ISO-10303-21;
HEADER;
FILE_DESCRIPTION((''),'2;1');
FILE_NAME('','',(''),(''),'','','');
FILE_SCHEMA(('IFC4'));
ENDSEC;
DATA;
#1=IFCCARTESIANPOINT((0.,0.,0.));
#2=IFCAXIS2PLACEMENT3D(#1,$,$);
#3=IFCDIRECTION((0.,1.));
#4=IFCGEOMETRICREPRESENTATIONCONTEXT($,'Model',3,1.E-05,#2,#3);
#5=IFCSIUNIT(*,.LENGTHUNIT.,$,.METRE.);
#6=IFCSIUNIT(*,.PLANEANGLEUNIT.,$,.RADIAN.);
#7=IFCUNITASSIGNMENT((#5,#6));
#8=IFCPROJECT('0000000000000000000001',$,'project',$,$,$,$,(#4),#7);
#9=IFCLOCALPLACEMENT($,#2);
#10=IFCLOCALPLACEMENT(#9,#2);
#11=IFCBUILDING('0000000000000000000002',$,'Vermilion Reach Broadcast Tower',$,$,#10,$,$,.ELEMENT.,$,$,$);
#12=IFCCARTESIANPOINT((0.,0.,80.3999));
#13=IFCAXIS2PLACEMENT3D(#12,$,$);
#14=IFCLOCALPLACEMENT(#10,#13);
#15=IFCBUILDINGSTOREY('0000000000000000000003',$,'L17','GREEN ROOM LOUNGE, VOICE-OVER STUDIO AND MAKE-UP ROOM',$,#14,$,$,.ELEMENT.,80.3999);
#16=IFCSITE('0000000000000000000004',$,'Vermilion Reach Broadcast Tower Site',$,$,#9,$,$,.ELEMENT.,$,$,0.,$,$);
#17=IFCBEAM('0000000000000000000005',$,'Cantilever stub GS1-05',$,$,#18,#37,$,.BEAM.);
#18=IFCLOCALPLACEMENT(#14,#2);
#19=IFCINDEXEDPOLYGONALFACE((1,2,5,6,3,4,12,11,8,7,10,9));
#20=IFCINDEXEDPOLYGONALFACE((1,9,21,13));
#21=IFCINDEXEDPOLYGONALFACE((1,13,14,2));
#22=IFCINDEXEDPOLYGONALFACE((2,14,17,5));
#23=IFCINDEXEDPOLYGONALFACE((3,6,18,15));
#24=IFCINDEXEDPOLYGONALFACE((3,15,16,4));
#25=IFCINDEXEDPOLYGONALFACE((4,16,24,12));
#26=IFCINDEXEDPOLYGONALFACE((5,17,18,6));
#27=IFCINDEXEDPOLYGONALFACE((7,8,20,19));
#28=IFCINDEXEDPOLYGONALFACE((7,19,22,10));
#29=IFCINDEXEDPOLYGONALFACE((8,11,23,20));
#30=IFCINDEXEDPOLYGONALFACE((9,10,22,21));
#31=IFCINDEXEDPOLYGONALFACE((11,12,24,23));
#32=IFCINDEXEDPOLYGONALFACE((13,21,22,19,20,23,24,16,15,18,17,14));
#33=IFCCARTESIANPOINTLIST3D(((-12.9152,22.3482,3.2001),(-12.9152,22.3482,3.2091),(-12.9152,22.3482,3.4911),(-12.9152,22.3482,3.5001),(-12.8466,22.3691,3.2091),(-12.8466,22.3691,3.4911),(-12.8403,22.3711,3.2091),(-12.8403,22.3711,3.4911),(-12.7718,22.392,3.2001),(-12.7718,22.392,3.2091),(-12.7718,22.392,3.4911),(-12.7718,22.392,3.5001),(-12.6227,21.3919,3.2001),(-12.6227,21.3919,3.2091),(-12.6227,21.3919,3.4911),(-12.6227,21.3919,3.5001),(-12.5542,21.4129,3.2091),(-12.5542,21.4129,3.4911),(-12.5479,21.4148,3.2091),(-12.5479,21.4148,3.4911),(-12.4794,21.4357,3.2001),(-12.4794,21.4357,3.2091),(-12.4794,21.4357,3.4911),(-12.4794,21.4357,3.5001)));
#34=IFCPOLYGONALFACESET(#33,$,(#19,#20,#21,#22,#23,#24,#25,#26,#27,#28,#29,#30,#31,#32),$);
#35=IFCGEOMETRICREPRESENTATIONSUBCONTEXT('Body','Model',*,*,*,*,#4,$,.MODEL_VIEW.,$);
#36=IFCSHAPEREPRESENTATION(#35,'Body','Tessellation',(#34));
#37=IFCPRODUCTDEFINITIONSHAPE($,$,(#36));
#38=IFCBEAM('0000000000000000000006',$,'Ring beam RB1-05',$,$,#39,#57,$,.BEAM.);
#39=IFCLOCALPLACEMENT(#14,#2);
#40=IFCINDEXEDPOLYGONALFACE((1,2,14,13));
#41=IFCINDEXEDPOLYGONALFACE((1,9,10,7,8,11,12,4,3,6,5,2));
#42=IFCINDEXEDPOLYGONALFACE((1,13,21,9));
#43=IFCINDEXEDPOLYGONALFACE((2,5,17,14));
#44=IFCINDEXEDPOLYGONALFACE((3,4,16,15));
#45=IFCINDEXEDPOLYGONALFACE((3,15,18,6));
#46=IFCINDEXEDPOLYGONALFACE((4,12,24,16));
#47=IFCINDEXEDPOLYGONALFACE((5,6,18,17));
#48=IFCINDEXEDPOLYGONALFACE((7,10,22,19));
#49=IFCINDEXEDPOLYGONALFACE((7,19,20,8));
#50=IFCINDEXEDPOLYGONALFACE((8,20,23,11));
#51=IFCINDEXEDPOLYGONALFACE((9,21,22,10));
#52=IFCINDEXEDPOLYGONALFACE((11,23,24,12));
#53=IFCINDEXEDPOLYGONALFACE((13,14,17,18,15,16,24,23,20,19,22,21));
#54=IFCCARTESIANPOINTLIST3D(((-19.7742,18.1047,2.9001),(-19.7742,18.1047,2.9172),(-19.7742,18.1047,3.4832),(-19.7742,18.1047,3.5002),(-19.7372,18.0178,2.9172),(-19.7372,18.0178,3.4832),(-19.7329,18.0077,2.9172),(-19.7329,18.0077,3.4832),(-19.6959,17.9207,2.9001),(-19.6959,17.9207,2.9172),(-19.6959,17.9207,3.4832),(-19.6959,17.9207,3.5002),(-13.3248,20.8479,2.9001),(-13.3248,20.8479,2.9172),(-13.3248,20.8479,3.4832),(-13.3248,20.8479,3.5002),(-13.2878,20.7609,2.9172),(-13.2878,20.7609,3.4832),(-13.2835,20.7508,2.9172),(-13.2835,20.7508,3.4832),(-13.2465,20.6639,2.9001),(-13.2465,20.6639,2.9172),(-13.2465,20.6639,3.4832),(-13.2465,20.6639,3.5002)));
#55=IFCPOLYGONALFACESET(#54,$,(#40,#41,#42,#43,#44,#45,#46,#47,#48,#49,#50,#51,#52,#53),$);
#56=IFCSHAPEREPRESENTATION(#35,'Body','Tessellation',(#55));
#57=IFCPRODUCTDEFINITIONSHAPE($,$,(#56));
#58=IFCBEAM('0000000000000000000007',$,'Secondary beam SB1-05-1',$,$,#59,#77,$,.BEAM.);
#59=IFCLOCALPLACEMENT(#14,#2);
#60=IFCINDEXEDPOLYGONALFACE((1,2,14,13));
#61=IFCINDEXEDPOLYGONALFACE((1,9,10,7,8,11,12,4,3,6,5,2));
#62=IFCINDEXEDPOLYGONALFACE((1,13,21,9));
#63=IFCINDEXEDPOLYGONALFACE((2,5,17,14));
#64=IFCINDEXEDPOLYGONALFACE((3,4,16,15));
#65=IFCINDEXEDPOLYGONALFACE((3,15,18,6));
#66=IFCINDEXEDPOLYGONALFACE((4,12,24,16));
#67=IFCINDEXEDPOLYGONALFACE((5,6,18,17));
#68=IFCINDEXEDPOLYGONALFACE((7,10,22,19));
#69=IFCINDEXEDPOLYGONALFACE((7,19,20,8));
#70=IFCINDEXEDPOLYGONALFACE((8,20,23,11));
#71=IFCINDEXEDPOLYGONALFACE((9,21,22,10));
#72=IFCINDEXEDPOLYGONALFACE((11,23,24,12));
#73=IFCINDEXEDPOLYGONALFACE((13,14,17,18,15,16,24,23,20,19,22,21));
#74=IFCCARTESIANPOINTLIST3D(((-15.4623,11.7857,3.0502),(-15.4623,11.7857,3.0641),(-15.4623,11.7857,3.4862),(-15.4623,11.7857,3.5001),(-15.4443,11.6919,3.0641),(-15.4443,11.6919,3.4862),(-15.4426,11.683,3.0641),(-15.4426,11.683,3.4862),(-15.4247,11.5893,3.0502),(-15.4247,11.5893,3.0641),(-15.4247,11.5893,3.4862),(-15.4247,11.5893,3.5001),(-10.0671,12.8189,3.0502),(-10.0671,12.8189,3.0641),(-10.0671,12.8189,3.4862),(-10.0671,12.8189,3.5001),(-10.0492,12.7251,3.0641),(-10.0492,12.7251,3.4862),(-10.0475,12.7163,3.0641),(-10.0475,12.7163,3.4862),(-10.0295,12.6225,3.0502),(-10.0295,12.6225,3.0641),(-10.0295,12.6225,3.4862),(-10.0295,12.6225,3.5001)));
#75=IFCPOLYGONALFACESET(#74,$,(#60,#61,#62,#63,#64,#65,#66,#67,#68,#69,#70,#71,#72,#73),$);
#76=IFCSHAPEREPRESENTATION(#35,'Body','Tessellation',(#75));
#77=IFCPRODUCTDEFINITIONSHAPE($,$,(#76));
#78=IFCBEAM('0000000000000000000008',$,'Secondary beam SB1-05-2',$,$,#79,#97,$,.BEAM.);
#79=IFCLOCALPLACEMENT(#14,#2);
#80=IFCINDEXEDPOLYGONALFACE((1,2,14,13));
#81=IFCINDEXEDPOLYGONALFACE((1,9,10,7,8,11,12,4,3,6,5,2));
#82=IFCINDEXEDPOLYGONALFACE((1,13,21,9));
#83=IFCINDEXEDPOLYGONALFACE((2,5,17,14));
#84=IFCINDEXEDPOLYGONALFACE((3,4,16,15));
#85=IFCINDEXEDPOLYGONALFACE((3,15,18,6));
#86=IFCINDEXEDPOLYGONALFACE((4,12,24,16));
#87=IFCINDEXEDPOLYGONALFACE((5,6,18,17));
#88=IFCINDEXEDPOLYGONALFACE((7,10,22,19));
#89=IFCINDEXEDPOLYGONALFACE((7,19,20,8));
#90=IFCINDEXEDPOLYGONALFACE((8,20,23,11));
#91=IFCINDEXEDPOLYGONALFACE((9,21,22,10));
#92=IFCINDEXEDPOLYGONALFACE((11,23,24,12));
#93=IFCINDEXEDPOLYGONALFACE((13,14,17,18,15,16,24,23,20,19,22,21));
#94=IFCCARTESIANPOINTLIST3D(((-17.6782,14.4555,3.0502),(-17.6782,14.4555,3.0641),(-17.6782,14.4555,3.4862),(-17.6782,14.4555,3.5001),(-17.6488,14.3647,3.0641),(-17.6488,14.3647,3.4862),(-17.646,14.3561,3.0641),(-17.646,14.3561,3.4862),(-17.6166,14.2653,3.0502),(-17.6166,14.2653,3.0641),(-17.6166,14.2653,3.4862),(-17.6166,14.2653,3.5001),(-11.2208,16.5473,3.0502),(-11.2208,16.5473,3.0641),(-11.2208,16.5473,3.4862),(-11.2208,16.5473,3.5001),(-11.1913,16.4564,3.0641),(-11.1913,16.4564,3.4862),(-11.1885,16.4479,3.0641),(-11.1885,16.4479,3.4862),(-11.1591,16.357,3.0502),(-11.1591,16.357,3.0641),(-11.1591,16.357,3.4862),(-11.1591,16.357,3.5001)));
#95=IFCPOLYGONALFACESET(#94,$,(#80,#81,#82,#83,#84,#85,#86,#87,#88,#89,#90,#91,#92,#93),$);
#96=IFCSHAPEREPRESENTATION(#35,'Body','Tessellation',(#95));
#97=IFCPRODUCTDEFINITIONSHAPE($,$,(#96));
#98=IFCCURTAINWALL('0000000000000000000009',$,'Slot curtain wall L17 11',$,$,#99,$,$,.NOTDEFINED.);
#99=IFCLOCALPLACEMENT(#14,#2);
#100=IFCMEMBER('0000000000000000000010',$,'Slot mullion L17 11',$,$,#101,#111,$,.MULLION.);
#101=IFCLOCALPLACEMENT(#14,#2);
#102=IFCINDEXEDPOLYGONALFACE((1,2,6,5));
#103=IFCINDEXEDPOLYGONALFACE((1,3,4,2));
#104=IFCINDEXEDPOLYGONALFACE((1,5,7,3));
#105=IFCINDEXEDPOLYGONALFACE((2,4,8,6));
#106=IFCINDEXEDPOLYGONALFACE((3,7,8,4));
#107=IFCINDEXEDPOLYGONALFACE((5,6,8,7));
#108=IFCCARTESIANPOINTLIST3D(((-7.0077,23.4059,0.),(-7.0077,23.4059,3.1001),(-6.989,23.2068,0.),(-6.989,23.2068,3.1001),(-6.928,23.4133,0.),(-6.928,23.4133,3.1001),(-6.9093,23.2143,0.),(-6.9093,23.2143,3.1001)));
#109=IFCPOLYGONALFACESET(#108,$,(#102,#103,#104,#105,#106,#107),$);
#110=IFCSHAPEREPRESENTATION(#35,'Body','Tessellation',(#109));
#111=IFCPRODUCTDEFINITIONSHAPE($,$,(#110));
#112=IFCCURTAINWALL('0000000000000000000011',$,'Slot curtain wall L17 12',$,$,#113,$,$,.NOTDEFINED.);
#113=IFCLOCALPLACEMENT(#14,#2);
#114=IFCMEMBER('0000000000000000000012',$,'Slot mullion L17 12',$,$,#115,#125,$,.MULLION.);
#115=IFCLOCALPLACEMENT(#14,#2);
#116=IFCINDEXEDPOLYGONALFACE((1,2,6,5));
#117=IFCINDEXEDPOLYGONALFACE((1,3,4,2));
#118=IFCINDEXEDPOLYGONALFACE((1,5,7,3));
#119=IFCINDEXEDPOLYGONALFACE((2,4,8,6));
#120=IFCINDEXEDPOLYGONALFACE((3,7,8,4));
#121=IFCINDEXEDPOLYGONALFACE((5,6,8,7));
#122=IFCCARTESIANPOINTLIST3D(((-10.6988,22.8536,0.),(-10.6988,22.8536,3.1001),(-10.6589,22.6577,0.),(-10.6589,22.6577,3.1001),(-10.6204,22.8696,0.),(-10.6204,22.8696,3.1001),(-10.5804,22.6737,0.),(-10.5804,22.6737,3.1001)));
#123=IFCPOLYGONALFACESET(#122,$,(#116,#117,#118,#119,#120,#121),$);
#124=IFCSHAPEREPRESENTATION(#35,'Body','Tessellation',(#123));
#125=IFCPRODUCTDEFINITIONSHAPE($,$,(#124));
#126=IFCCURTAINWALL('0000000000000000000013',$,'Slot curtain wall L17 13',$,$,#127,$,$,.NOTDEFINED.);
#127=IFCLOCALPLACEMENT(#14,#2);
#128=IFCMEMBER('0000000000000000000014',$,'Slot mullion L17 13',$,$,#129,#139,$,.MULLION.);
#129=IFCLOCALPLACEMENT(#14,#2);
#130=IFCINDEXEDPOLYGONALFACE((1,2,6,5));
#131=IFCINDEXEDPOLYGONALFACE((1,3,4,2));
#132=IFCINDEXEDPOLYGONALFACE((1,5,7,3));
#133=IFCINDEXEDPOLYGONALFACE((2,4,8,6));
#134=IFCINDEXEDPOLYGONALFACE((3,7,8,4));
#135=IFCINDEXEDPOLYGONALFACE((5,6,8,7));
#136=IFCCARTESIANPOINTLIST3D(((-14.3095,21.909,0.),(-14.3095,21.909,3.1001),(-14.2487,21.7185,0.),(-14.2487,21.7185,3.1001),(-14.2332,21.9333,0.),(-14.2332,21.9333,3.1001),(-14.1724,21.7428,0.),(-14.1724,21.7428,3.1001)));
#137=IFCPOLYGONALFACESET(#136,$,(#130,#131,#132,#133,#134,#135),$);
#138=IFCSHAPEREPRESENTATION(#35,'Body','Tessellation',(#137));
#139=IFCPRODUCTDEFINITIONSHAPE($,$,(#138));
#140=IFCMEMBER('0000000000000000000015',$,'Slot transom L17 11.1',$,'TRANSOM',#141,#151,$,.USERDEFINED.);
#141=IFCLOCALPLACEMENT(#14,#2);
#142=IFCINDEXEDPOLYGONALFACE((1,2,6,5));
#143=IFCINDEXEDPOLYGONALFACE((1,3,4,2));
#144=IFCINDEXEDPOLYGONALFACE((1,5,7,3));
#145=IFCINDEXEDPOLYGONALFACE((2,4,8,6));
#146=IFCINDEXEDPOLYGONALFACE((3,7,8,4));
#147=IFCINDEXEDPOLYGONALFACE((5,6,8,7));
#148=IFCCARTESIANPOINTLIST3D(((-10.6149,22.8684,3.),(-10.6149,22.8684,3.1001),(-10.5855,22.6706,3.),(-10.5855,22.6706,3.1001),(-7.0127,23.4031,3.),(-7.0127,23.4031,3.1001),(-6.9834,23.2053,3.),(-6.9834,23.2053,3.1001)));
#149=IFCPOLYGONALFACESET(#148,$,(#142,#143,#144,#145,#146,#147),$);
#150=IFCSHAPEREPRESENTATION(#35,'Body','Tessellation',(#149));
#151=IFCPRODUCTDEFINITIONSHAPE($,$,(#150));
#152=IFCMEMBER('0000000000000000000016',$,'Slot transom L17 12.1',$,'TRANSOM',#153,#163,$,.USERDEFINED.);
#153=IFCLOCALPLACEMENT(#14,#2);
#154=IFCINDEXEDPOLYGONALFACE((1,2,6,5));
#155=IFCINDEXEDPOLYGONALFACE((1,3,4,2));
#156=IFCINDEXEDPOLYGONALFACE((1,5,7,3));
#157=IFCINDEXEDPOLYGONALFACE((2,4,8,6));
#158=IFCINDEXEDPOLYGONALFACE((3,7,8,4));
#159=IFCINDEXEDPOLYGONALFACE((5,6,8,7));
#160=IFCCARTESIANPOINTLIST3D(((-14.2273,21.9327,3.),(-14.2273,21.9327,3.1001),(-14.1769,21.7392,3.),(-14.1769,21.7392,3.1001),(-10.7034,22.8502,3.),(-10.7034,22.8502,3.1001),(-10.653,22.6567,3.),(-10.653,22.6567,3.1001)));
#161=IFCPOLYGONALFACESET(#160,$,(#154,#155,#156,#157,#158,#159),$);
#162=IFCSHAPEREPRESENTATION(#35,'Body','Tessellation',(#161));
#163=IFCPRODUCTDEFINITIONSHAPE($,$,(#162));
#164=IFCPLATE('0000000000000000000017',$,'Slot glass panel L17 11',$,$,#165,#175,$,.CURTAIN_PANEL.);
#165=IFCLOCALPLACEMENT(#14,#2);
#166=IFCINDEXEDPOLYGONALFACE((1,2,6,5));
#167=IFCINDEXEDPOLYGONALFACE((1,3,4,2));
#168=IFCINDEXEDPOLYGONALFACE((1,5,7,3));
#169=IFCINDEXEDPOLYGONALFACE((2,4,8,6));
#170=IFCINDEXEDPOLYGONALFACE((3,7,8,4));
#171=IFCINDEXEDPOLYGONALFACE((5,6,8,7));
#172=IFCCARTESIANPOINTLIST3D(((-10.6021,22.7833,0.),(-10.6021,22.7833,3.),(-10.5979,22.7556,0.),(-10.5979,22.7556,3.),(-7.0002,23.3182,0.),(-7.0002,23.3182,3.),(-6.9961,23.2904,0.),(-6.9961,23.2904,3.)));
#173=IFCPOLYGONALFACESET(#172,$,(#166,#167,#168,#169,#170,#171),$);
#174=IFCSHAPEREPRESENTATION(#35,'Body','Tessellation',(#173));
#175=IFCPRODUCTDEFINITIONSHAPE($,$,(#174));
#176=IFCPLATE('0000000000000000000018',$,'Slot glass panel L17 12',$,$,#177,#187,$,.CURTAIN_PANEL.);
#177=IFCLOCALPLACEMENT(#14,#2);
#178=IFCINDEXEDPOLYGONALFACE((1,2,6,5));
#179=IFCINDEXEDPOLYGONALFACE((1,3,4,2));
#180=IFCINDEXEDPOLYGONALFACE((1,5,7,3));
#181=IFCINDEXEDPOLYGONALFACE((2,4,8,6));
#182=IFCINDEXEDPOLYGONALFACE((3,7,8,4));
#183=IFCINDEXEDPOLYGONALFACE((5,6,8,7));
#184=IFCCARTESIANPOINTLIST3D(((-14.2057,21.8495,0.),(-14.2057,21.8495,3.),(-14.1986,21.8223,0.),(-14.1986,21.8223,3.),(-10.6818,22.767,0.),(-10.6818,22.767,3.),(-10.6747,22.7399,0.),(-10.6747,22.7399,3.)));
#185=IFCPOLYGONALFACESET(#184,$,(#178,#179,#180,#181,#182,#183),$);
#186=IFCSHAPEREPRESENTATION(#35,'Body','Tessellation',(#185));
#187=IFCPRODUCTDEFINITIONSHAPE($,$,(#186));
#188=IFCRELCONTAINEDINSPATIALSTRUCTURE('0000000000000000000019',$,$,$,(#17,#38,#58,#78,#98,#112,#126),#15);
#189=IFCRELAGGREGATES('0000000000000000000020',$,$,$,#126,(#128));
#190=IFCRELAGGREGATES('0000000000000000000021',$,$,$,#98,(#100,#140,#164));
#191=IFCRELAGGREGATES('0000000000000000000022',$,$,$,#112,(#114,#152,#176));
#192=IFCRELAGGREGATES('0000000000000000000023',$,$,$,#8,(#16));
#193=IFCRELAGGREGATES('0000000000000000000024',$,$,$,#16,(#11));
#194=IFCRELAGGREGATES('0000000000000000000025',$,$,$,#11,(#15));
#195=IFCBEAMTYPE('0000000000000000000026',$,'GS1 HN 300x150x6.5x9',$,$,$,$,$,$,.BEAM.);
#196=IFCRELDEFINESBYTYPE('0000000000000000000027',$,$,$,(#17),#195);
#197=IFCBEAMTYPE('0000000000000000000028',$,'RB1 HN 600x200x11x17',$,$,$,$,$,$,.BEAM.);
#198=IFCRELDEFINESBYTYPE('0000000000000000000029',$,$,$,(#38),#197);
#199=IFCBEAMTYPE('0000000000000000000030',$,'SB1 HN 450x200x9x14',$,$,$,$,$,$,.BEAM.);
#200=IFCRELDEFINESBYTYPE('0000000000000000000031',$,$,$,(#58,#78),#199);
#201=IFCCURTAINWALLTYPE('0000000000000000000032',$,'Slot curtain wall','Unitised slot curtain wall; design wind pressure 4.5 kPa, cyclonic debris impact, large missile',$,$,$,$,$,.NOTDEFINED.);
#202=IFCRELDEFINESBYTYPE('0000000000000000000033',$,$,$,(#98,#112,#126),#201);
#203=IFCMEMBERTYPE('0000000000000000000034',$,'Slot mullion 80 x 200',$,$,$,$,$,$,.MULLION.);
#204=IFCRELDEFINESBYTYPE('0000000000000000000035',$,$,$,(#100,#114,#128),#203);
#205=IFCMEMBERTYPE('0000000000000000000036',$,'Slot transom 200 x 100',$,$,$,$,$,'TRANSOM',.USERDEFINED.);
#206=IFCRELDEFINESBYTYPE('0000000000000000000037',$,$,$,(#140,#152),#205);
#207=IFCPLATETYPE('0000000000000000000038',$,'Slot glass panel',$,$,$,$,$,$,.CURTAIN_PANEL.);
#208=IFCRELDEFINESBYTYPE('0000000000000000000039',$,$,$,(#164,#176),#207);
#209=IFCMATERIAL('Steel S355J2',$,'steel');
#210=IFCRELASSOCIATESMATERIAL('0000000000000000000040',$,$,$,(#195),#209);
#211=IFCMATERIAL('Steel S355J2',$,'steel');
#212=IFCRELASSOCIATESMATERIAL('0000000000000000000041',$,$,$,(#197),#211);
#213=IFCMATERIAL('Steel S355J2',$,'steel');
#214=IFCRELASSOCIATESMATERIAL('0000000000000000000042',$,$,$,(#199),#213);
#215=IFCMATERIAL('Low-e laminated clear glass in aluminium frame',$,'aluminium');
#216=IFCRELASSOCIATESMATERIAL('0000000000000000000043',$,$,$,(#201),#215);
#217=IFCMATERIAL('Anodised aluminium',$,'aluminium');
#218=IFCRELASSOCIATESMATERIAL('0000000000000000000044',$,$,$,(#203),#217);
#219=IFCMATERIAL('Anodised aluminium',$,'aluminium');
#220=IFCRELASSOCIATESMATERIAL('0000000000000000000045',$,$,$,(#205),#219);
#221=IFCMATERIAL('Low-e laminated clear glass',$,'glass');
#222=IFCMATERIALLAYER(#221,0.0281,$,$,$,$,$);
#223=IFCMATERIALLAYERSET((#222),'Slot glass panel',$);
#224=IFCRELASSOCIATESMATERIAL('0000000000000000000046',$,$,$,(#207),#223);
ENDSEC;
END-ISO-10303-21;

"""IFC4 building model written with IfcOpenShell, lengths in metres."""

from ifc_helpers import new_model, si_unit, direction, frame, origin, origin_2d, place, context, subcontext, project, spatial, rectangle, i_section, extrude, material, layer, layer_set, material_profile, profile_set, type_object, element, aggregate, save


model = new_model("IFC4")

# Units and contexts
model_context = context("Model", 3, precision=1e-05, world=origin(), true_north=direction((0.0, 1.0)))
body_context = subcontext(model_context, "Body", "Model", "MODEL_VIEW")
ifc_project = project(units=[si_unit("LENGTHUNIT", "METRE"), si_unit("PLANEANGLEUNIT", "RADIAN")], contexts=[model_context])

# Site, building, storey
site_placement = place(None, origin())
site = spatial("IfcSite", under=ifc_project, at=site_placement, Name="Vermilion Reach Broadcast Tower Site", CompositionType="ELEMENT", RefElevation=0.0)
building_placement = place(site_placement, origin())
building = spatial("IfcBuilding", under=site, at=building_placement, Name="Vermilion Reach Broadcast Tower", CompositionType="ELEMENT")
storey_placement = place(building_placement, frame((0.0, 0.0, 80.3999)))
storey = spatial("IfcBuildingStorey", under=building, at=storey_placement, Name="L17", Description="GREEN ROOM LOUNGE, VOICE-OVER STUDIO AND MAKE-UP ROOM", CompositionType="ELEMENT", Elevation=80.3999)

# Beams
ifc_material_1 = material(Name="Steel S355J2", Category="steel")
ifc_material_profile_1 = material_profile(ifc_material_1, i_section(OverallWidth=0.1499, OverallDepth=0.3, WebThickness=0.0066, FlangeThickness=0.009, at=origin_2d()), Name="S355J2 HN 300x150x6.5x9")
ifc_profile_set_1 = profile_set([ifc_material_profile_1], Name="Steel S355J2")
beam_type_1 = type_object("IfcBeamType", Name="GS1 HN 300x150x6.5x9", PredefinedType="BEAM", material=ifc_profile_set_1)
beam_1_placement = place(storey_placement, frame((-12.551, 21.4138, 3.3501), z_axis=(-0.292473, 0.956274, 0.0), x_axis=(-0.956274, -0.292473, 0.0)))
element("IfcBeam", 1, at=beam_1_placement, inside=storey, type_object=beam_type_1, Name="Cantilever stub GS1-05", PredefinedType="BEAM", context=body_context, shape_type="SweptSolid", body=[
    extrude(i_section(OverallWidth=0.1499, OverallDepth=0.3, WebThickness=0.0066, FlangeThickness=0.009, at=origin_2d()), origin(), (0.0, 0.0, 1.0), 1.0),
])
ifc_material_2 = material(Name="Steel S355J2", Category="steel")
ifc_material_profile_2 = material_profile(ifc_material_2, i_section(OverallWidth=0.2, OverallDepth=0.6001, WebThickness=0.011, FlangeThickness=0.0171, at=origin_2d()), Name="S355J2 HN 600x200x11x17")
ifc_profile_set_2 = profile_set([ifc_material_profile_2], Name="Steel S355J2")
beam_type_2 = type_object("IfcBeamType", Name="RB1 HN 600x200x11x17", PredefinedType="BEAM", material=ifc_profile_set_2)
beam_2_placement = place(storey_placement, frame((-13.2856, 20.7559, 3.2002), z_axis=(-0.920221, -0.3914, 0.0), x_axis=(0.3914, -0.920221, 0.0)))
element("IfcBeam", 2, at=beam_2_placement, inside=storey, type_object=beam_type_2, Name="Ring beam RB1-05", PredefinedType="BEAM", context=body_context, shape_type="SweptSolid", body=[
    extrude(i_section(OverallWidth=0.2, OverallDepth=0.6001, WebThickness=0.011, FlangeThickness=0.0171, at=origin_2d()), origin(), (0.0, 0.0, 1.0), 7.0085),
])
ifc_material_3 = material(Name="Steel S355J2", Category="steel")
ifc_material_profile_3 = material_profile(ifc_material_3, i_section(OverallWidth=0.2, OverallDepth=0.45, WebThickness=0.009, FlangeThickness=0.0139, at=origin_2d()), Name="S355J2 HN 450x200x9x14")
ifc_profile_set_3 = profile_set([ifc_material_profile_3], Name="Steel S355J2")
beam_type_3 = type_object("IfcBeamType", Name="SB1 HN 450x200x9x14", PredefinedType="BEAM", material=ifc_profile_set_3)
beam_3_placement = place(storey_placement, frame((-10.0483, 12.7207, 3.2751), z_axis=(-0.982151, -0.188092, 0.0), x_axis=(0.188092, -0.982151, 0.0)))
element("IfcBeam", 3, at=beam_3_placement, inside=storey, type_object=beam_type_3, Name="Secondary beam SB1-05-1", PredefinedType="BEAM", context=body_context, shape_type="SweptSolid", body=[
    extrude(i_section(OverallWidth=0.2, OverallDepth=0.45, WebThickness=0.009, FlangeThickness=0.0139, at=origin_2d()), origin(), (0.0, 0.0, 1.0), 5.4932),
])
beam_4_placement = place(storey_placement, frame((-11.1899, 16.4521, 3.2751), z_axis=(-0.951332, -0.308167, 0.0), x_axis=(0.308167, -0.951332, 0.0)))
element("IfcBeam", 4, at=beam_4_placement, inside=storey, type_object=beam_type_3, Name="Secondary beam SB1-05-2", PredefinedType="BEAM", context=body_context, shape_type="SweptSolid", body=[
    extrude(i_section(OverallWidth=0.2, OverallDepth=0.45, WebThickness=0.009, FlangeThickness=0.0139, at=origin_2d()), origin(), (0.0, 0.0, 1.0), 6.7878),
])

# Curtain walls, members
ifc_material_4 = material(Name="Low-e laminated clear glass in aluminium frame", Category="aluminium")
curtain_wall_type = type_object("IfcCurtainWallType", Name="Slot curtain wall", Description="Unitised slot curtain wall; design wind pressure 4.5 kPa, cyclonic debris impact, large missile", PredefinedType="NOTDEFINED", material=ifc_material_4)
placement = place(storey_placement, origin())
curtain_wall_1 = element("IfcCurtainWall", 5, at=placement, inside=storey, type_object=curtain_wall_type, Name="Slot curtain wall L17 11", PredefinedType="NOTDEFINED")
ifc_material_5 = material(Name="Anodised aluminium", Category="aluminium")
ifc_material_profile_4 = material_profile(ifc_material_5, rectangle(XDim=0.2, YDim=0.0801, at=origin_2d()), Name="Slot mullion 80 x 200")
ifc_profile_set_4 = profile_set([ifc_material_profile_4], Name="Anodised aluminium")
member_type_1 = type_object("IfcMemberType", Name="Slot mullion 80 x 200", PredefinedType="MULLION", material=ifc_profile_set_4)
member_1_placement = place(storey_placement, frame((-6.9585, 23.3101, 0.0), z_axis=(0.0, 0.0, 1.0), x_axis=(0.09331, -0.995637, 0.0)))
member_1 = element("IfcMember", 6, at=member_1_placement, type_object=member_type_1, Name="Slot mullion L17 11", PredefinedType="MULLION", context=body_context, shape_type="SweptSolid", body=[
    extrude(rectangle(XDim=0.2, YDim=0.0801, at=origin_2d()), origin(), (0.0, 0.0, 1.0), 3.1001),
])
curtain_wall_2 = element("IfcCurtainWall", 7, at=placement, inside=storey, type_object=curtain_wall_type, Name="Slot curtain wall L17 12", PredefinedType="NOTDEFINED")
member_2_placement = place(storey_placement, frame((-10.6396, 22.7637, 0.0), z_axis=(0.0, 0.0, 1.0), x_axis=(0.19971, -0.979855, 0.0)))
member_2 = element("IfcMember", 8, at=member_2_placement, type_object=member_type_1, Name="Slot mullion L17 12", PredefinedType="MULLION", context=body_context, shape_type="SweptSolid", body=[
    extrude(rectangle(XDim=0.2, YDim=0.0801, at=origin_2d()), origin(), (0.0, 0.0, 1.0), 3.1001),
])
curtain_wall_3 = element("IfcCurtainWall", 9, at=placement, inside=storey, type_object=curtain_wall_type, Name="Slot curtain wall L17 13", PredefinedType="NOTDEFINED")
member_3_placement = place(storey_placement, frame((-14.241, 21.8259, 0.0), z_axis=(0.0, 0.0, 1.0), x_axis=(0.303799, -0.952736, 0.0)))
member_3 = element("IfcMember", 10, at=member_3_placement, type_object=member_type_1, Name="Slot mullion L17 13", PredefinedType="MULLION", context=body_context, shape_type="SweptSolid", body=[
    extrude(rectangle(XDim=0.2, YDim=0.0801, at=origin_2d()), origin(), (0.0, 0.0, 1.0), 3.1001),
])
aggregate(curtain_wall_3, [member_3])

# Members
ifc_material_6 = material(Name="Anodised aluminium", Category="aluminium")
ifc_material_profile_5 = material_profile(ifc_material_6, rectangle(XDim=0.2, YDim=0.1001, at=origin_2d()), Name="Slot transom 200 x 100")
ifc_profile_set_5 = profile_set([ifc_material_profile_5], Name="Anodised aluminium")
member_type_2 = type_object("IfcMemberType", Name="Slot transom 200 x 100", ElementType="TRANSOM", PredefinedType="USERDEFINED", material=ifc_profile_set_5)
member_4_placement = place(storey_placement, frame((-6.998, 23.3042, 3.05), z_axis=(-0.989162, -0.146826, 0.0), x_axis=(0.146826, -0.989162, 0.0)))
member_4 = element("IfcMember", 11, at=member_4_placement, type_object=member_type_2, Name="Slot transom L17 11.1", ObjectType="TRANSOM", PredefinedType="USERDEFINED", context=body_context, shape_type="SweptSolid", body=[
    extrude(rectangle(XDim=0.2, YDim=0.1001, at=origin_2d()), origin(), (0.0, 0.0, 1.0), 3.6416),
])
member_5_placement = place(storey_placement, frame((-10.6782, 22.7534, 3.05), z_axis=(-0.967738, -0.251958, 0.0), x_axis=(0.251958, -0.967738, 0.0)))
member_5 = element("IfcMember", 12, at=member_5_placement, type_object=member_type_2, Name="Slot transom L17 12.1", ObjectType="TRANSOM", PredefinedType="USERDEFINED", context=body_context, shape_type="SweptSolid", body=[
    extrude(rectangle(XDim=0.2, YDim=0.1001, at=origin_2d()), origin(), (0.0, 0.0, 1.0), 3.6414),
])

# Plates
ifc_material_7 = material(Name="Low-e laminated clear glass", Category="glass")
ifc_layer_1 = layer(ifc_material_7, 0.0281)
ifc_layer_set_1 = layer_set([ifc_layer_1], Name="Slot glass panel")
plate_type = type_object("IfcPlateType", Name="Slot glass panel", PredefinedType="CURTAIN_PANEL", material=ifc_layer_set_1)
plate_1_placement = place(storey_placement, frame((-8.7991, 23.0369, 0.0), z_axis=(0.0, 0.0, 1.0), x_axis=(-0.989156, -0.146872, 0.0)))
plate_1 = element("IfcPlate", 13, at=plate_1_placement, type_object=plate_type, Name="Slot glass panel L17 11", PredefinedType="CURTAIN_PANEL", context=body_context, shape_type="SweptSolid", body=[
    extrude(rectangle(XDim=3.6414, YDim=0.0281, at=origin_2d()), origin(), (0.0, 0.0, 1.0), 3.0),
])
aggregate(curtain_wall_1, [member_1, member_4, plate_1])
plate_2_placement = place(storey_placement, frame((-12.4402, 22.2947, 0.0), z_axis=(0.0, 0.0, 1.0), x_axis=(-0.967734, -0.251974, 0.0)))
plate_2 = element("IfcPlate", 14, at=plate_2_placement, type_object=plate_type, Name="Slot glass panel L17 12", PredefinedType="CURTAIN_PANEL", context=body_context, shape_type="SweptSolid", body=[
    extrude(rectangle(XDim=3.6414, YDim=0.0281, at=origin_2d()), origin(), (0.0, 0.0, 1.0), 3.0),
])
aggregate(curtain_wall_2, [member_2, member_5, plate_2])

save(model, "model.ifc")
